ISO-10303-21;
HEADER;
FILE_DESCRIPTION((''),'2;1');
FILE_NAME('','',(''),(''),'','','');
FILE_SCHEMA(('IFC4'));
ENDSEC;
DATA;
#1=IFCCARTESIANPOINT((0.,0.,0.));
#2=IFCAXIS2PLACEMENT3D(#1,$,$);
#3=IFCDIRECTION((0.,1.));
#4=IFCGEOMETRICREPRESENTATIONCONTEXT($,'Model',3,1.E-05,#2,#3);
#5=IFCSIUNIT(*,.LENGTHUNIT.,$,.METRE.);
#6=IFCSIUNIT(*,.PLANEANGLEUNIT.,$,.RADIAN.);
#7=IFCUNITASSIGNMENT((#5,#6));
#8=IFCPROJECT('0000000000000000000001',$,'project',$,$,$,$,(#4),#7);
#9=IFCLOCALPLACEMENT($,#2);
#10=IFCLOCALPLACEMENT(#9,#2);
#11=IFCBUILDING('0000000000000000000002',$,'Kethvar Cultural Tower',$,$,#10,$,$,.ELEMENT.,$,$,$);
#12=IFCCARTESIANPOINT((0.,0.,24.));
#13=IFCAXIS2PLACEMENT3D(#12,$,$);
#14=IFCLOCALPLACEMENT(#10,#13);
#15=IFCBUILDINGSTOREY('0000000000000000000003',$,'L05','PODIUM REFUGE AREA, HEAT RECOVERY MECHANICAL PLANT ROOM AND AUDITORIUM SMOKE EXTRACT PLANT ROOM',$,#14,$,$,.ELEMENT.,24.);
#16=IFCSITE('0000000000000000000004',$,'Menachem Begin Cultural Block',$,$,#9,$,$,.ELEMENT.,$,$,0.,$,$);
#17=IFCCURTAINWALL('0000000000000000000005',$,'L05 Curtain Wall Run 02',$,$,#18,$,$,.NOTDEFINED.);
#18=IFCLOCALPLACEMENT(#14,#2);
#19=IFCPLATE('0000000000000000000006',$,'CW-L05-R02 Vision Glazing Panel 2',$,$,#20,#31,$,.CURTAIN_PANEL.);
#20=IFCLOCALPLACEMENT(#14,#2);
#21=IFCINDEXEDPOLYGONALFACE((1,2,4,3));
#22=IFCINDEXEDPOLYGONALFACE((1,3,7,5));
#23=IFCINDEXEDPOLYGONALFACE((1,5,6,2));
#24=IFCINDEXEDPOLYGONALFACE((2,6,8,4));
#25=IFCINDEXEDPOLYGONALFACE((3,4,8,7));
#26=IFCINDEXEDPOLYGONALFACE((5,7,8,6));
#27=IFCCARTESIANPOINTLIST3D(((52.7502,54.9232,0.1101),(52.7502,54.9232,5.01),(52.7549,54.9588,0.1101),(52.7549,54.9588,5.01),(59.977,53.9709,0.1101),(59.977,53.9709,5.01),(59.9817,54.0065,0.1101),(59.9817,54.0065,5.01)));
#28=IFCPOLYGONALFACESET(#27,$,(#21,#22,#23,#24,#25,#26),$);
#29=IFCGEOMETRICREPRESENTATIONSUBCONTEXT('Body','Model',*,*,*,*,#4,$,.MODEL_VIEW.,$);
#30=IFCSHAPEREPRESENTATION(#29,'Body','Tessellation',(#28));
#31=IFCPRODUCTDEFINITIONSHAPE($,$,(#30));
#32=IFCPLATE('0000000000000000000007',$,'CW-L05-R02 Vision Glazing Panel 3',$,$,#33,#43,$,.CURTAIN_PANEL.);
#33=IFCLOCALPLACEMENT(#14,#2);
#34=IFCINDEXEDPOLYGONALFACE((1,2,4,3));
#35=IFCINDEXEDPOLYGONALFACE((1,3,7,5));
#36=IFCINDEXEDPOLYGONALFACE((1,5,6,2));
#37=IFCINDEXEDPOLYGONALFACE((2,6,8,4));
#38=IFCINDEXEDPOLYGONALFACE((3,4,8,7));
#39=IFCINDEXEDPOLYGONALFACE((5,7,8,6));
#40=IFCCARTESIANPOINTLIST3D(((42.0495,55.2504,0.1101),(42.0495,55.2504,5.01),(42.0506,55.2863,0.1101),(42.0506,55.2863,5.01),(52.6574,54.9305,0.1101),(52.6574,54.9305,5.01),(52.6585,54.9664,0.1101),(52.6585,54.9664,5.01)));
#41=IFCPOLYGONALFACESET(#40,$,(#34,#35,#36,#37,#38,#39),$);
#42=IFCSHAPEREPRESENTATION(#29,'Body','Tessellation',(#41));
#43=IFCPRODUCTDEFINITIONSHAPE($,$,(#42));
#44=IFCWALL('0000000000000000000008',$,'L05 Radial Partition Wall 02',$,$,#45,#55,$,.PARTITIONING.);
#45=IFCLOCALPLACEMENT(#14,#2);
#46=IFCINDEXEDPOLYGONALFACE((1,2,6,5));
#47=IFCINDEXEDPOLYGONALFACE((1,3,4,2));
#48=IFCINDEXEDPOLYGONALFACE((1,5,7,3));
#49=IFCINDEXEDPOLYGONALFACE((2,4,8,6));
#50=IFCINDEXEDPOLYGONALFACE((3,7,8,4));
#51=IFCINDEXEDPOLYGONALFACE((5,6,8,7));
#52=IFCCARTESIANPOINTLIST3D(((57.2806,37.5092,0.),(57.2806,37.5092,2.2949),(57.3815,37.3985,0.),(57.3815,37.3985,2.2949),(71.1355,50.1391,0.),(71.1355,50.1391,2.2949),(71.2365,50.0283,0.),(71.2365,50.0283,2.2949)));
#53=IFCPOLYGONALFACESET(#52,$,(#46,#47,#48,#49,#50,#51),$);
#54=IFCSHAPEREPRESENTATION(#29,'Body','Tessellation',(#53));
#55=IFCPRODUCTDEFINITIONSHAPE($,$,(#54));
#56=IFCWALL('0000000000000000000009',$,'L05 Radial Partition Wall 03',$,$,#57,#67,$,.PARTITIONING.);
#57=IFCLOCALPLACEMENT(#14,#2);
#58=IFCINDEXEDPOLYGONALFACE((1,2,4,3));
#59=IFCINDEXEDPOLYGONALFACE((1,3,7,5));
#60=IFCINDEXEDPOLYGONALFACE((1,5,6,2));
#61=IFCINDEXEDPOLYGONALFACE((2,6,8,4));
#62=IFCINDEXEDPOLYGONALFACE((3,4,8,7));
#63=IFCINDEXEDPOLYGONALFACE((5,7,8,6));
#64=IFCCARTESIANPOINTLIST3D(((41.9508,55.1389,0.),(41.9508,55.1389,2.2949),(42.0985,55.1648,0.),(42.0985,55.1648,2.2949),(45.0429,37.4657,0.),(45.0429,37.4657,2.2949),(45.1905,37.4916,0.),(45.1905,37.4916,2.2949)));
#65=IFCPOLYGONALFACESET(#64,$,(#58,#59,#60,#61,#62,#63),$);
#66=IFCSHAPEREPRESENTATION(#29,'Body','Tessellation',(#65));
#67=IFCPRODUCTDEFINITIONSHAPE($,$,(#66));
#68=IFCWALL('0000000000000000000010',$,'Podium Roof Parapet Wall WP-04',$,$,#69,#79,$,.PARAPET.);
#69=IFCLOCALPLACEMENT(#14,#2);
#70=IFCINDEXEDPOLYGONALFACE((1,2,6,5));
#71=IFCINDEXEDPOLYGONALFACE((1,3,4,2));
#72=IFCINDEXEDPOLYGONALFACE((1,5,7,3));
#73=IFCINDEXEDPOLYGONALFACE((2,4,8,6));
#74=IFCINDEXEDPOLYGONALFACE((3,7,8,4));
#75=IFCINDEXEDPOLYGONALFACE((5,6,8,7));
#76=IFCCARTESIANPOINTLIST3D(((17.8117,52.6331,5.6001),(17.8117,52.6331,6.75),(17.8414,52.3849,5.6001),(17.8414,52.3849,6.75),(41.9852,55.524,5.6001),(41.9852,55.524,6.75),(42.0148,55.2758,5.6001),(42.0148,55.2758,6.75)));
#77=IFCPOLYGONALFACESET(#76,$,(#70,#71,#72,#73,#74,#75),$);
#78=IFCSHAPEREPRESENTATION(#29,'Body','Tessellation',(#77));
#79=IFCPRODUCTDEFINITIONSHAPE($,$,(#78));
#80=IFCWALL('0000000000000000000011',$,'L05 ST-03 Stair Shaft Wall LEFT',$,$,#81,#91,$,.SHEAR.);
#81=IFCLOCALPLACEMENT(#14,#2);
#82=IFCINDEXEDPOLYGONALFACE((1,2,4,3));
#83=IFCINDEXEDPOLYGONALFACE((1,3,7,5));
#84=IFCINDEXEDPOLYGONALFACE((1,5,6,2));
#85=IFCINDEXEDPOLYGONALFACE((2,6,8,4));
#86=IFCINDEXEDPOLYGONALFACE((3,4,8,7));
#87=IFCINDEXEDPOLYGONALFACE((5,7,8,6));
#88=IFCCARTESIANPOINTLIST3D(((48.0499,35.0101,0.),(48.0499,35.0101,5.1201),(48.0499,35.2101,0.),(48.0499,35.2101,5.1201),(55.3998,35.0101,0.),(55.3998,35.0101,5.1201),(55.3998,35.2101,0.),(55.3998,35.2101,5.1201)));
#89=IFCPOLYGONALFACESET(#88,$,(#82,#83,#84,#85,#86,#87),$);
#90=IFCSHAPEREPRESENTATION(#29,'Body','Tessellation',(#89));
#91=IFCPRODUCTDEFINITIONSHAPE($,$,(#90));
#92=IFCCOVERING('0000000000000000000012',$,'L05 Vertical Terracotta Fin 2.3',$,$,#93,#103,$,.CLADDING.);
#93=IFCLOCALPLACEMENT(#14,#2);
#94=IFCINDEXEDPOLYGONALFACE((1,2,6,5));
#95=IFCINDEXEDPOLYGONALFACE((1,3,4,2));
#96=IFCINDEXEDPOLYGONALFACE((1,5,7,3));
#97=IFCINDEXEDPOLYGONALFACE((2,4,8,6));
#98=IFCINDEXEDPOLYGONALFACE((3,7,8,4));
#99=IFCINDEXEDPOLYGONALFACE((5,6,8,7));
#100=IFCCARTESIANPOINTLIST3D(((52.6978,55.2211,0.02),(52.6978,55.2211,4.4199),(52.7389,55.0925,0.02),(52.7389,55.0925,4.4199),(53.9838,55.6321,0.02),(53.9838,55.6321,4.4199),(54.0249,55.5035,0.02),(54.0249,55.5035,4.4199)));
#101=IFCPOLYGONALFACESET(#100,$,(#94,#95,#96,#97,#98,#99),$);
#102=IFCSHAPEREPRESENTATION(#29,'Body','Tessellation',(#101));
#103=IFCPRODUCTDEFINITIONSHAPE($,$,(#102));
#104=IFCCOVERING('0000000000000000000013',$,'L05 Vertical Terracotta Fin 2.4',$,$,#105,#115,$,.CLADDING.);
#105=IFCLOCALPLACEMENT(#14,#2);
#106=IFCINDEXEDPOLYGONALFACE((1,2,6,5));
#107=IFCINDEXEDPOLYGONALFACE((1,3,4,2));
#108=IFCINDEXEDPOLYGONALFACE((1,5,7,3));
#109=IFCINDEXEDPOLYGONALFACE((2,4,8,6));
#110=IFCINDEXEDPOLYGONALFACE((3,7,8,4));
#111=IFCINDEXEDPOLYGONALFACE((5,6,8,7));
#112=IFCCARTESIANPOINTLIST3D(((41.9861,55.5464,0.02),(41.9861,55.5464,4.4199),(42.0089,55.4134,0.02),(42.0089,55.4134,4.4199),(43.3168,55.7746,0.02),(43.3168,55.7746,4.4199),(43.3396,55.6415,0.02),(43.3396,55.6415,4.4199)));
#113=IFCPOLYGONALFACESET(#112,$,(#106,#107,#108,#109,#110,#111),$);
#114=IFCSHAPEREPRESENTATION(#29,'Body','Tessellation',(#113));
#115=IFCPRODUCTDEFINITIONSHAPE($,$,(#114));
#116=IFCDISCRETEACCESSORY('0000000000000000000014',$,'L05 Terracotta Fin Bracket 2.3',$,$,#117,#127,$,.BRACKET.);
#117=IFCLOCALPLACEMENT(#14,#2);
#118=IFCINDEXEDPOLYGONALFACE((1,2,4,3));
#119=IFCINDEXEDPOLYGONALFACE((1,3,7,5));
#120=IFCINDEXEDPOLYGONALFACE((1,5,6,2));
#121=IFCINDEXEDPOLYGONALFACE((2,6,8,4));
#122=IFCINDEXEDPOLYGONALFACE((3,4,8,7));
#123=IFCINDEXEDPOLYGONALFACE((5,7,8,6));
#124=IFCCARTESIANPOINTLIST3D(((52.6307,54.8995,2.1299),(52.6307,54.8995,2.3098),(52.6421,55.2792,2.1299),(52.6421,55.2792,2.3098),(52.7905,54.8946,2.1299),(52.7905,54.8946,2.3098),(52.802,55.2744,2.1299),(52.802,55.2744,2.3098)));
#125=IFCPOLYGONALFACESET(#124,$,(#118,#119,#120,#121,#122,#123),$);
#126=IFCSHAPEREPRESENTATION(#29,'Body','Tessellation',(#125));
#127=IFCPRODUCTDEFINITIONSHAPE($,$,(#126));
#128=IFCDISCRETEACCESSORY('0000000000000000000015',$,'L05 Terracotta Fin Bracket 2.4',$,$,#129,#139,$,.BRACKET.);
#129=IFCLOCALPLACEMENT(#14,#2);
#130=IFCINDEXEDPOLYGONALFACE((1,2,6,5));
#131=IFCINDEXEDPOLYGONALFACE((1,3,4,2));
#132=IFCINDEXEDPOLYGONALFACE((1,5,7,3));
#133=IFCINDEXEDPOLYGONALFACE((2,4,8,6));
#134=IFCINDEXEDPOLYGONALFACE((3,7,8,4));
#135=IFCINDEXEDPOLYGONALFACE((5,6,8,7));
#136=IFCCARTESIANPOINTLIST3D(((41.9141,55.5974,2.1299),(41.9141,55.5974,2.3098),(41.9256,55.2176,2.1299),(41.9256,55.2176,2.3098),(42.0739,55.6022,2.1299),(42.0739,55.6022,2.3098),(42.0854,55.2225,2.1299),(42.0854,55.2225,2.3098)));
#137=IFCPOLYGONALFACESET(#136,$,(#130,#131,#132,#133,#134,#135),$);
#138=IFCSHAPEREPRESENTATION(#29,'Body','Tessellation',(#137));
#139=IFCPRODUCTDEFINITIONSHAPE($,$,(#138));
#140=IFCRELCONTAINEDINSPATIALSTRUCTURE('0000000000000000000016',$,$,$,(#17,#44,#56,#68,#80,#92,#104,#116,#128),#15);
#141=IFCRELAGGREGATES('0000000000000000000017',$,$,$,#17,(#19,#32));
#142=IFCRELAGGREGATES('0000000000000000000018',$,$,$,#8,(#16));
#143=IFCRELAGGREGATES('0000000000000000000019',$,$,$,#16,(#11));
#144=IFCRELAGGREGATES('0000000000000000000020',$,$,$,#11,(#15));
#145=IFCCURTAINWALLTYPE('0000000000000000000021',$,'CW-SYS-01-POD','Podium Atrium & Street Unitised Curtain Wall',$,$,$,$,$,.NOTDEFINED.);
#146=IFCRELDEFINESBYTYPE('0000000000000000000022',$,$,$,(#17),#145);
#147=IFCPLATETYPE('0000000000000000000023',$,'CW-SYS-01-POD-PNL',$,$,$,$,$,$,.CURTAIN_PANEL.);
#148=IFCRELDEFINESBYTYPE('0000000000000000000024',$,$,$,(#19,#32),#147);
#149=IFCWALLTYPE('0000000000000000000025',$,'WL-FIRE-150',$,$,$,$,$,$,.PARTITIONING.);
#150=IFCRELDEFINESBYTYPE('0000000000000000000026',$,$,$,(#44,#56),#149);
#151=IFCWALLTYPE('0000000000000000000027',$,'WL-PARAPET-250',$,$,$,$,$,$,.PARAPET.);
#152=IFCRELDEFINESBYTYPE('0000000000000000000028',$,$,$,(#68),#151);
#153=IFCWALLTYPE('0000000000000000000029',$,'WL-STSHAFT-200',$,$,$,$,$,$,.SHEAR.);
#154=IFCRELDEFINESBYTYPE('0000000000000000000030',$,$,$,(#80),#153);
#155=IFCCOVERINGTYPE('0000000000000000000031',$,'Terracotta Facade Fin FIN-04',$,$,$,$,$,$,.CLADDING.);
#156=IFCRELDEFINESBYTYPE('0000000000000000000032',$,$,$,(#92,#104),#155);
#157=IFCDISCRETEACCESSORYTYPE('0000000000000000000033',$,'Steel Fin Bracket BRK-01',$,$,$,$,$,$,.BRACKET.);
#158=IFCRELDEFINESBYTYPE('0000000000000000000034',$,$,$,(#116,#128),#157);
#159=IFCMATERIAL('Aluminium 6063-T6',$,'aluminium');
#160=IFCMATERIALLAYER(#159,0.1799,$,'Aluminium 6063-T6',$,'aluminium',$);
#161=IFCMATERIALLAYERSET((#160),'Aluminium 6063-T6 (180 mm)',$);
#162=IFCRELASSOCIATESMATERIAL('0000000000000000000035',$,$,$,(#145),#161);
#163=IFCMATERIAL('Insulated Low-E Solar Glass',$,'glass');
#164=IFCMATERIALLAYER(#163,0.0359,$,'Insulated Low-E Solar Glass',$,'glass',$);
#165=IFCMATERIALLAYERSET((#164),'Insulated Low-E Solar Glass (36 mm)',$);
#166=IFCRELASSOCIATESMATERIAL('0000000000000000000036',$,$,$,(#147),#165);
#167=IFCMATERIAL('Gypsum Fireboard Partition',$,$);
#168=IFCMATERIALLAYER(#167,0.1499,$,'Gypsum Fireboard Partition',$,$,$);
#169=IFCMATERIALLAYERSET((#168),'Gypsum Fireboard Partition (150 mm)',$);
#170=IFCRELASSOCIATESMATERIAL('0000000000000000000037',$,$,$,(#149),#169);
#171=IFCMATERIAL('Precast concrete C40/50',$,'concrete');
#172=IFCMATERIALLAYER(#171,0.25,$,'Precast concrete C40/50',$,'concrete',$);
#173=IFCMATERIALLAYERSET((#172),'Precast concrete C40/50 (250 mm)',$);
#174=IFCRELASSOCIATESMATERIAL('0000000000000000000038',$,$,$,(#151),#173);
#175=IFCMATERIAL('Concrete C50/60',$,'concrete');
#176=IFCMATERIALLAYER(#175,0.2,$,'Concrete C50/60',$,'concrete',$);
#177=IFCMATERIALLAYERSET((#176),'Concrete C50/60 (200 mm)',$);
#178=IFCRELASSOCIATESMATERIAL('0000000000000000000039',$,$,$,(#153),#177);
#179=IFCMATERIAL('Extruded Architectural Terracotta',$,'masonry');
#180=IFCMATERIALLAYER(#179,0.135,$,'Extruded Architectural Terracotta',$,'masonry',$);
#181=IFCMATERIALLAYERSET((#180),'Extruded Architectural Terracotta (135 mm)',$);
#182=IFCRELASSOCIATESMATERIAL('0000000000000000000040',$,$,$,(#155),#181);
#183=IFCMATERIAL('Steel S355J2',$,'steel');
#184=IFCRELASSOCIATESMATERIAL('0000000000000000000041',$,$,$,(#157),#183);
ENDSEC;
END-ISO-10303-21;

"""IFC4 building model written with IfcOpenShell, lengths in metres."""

from ifc_helpers import new_model, si_unit, direction, frame, frame_2d, origin, origin_2d, place, context, subcontext, project, spatial, rectangle, extrude, source, transform, mapped, material, layer, layer_set, type_object, element, aggregate, save


model = new_model("IFC4")

# Units and contexts
model_context = context("Model", 3, precision=1e-05, world=origin(), true_north=direction((0.0, 1.0)))
body_context = subcontext(model_context, "Body", "Model", "MODEL_VIEW")
ifc_project = project(units=[si_unit("LENGTHUNIT", "METRE"), si_unit("PLANEANGLEUNIT", "RADIAN")], contexts=[model_context])

# Site, building, storey
site_placement = place(None, origin())
site = spatial("IfcSite", under=ifc_project, at=site_placement, Name="Menachem Begin Cultural Block", CompositionType="ELEMENT", RefElevation=0.0)
building_placement = place(site_placement, origin())
building = spatial("IfcBuilding", under=site, at=building_placement, Name="Kethvar Cultural Tower", CompositionType="ELEMENT")
storey_placement = place(building_placement, frame((0.0, 0.0, 24.0)))
storey = spatial("IfcBuildingStorey", under=building, at=storey_placement, Name="L05", Description="PODIUM REFUGE AREA, HEAT RECOVERY MECHANICAL PLANT ROOM AND AUDITORIUM SMOKE EXTRACT PLANT ROOM", CompositionType="ELEMENT", Elevation=24.0)

# Shared definitions
ifc_material_1 = material(Name="Steel S355J2", Category="steel")

# Curtain wall
ifc_material_2 = material(Name="Aluminium 6063-T6", Category="aluminium")
ifc_layer_1 = layer(ifc_material_2, 0.1799, Name="Aluminium 6063-T6", Category="aluminium")
ifc_layer_set_1 = layer_set([ifc_layer_1], Name="Aluminium 6063-T6 (180 mm)")
curtain_wall_type = type_object("IfcCurtainWallType", Name="CW-SYS-01-POD", Description="Podium Atrium & Street Unitised Curtain Wall", PredefinedType="NOTDEFINED", material=ifc_layer_set_1)
curtain_wall_placement = place(storey_placement, origin())
curtain_wall = element("IfcCurtainWall", 1, at=curtain_wall_placement, inside=storey, type_object=curtain_wall_type, Name="L05 Curtain Wall Run 02", PredefinedType="NOTDEFINED")

# Plates
ifc_material_3 = material(Name="Insulated Low-E Solar Glass", Category="glass")
ifc_layer_2 = layer(ifc_material_3, 0.0359, Name="Insulated Low-E Solar Glass", Category="glass")
ifc_layer_set_2 = layer_set([ifc_layer_2], Name="Insulated Low-E Solar Glass (36 mm)")
plate_type_1 = type_object("IfcPlateType", Name="CW-SYS-01-POD-PNL", PredefinedType="CURTAIN_PANEL", material=ifc_layer_set_2)
shared_shape_1 = source(origin(), body_context, "Body", "SweptSolid", [
    extrude(rectangle(XDim=7.2893, YDim=0.0359, at=origin_2d()), origin(), (0.0, 0.0, 1.0), 4.8999),
])
plate_1_placement = place(storey_placement, frame((56.366, 54.4648, 0.1101), z_axis=(0.0, 0.0, 1.0), x_axis=(-0.991429, 0.130647, 0.0)))
plate_1 = element("IfcPlate", 2, at=plate_1_placement, type_object=plate_type_1, Name="CW-L05-R02 Vision Glazing Panel 2", PredefinedType="CURTAIN_PANEL", context=body_context, shape_type="MappedRepresentation", body=[
    mapped(shared_shape_1, transform((0.0, 0.0, 0.0), scale=1.0)),
])
shared_shape_2 = source(origin(), body_context, "Body", "SweptSolid", [
    extrude(rectangle(XDim=10.6128, YDim=0.0359, at=origin_2d()), origin(), (0.0, 0.0, 1.0), 4.8999),
])
plate_2_placement = place(storey_placement, frame((47.354, 55.1084, 0.1101), z_axis=(0.0, 0.0, 1.0), x_axis=(-0.999546, 0.030137, 0.0)))
plate_2 = element("IfcPlate", 3, at=plate_2_placement, type_object=plate_type_1, Name="CW-L05-R02 Vision Glazing Panel 3", PredefinedType="CURTAIN_PANEL", context=body_context, shape_type="MappedRepresentation", body=[
    mapped(shared_shape_2, transform((0.0, 0.0, 0.0), scale=1.0)),
])
aggregate(curtain_wall, [plate_1, plate_2])

# Walls
ifc_material_4 = material(Name="Gypsum Fireboard Partition")
ifc_layer_3 = layer(ifc_material_4, 0.1499, Name="Gypsum Fireboard Partition")
ifc_layer_set_3 = layer_set([ifc_layer_3], Name="Gypsum Fireboard Partition (150 mm)")
wall_type_1 = type_object("IfcWallType", Name="WL-FIRE-150", PredefinedType="PARTITIONING", material=ifc_layer_set_3)
wall_1_placement = place(storey_placement, frame((57.3311, 37.4539, 0.0), z_axis=(0.0, 0.0, 1.0), x_axis=(0.739025, 0.673678, 0.0)))
element("IfcWall", 4, at=wall_1_placement, inside=storey, type_object=wall_type_1, Name="L05 Radial Partition Wall 02", PredefinedType="PARTITIONING", context=body_context, shape_type="SweptSolid", body=[
    extrude(rectangle(XDim=18.7476, YDim=0.1499, at=frame_2d((9.3738, 0.0))), origin(), (0.0, 0.0, 1.0), 2.2949),
])
wall_2_placement = place(storey_placement, frame((45.1167, 37.4788, 0.0), z_axis=(0.0, 0.0, 1.0), x_axis=(-0.17234, 0.985038, 0.0)))
element("IfcWall", 5, at=wall_2_placement, inside=storey, type_object=wall_type_1, Name="L05 Radial Partition Wall 03", PredefinedType="PARTITIONING", context=body_context, shape_type="SweptSolid", body=[
    extrude(rectangle(XDim=17.9417, YDim=0.1499, at=frame_2d((8.9707, 0.0))), origin(), (0.0, 0.0, 1.0), 2.2949),
])
ifc_material_5 = material(Name="Precast concrete C40/50", Category="concrete")
ifc_layer_4 = layer(ifc_material_5, 0.25, Name="Precast concrete C40/50", Category="concrete")
ifc_layer_set_4 = layer_set([ifc_layer_4], Name="Precast concrete C40/50 (250 mm)")
wall_type_2 = type_object("IfcWallType", Name="WL-PARAPET-250", PredefinedType="PARAPET", material=ifc_layer_set_4)
wall_3_placement = place(storey_placement, frame((42.0, 55.3999, 5.6001), z_axis=(0.0, 0.0, 1.0), x_axis=(-0.992925, -0.118743, 0.0)))
element("IfcWall", 6, at=wall_3_placement, inside=storey, type_object=wall_type_2, Name="Podium Roof Parapet Wall WP-04", PredefinedType="PARAPET", context=body_context, shape_type="SweptSolid", body=[
    extrude(rectangle(XDim=24.3457, YDim=0.25, at=frame_2d((12.1729, 0.0))), origin(), (0.0, 0.0, 1.0), 1.1499),
])
ifc_material_6 = material(Name="Concrete C50/60", Category="concrete")
ifc_layer_5 = layer(ifc_material_6, 0.2, Name="Concrete C50/60", Category="concrete")
ifc_layer_set_5 = layer_set([ifc_layer_5], Name="Concrete C50/60 (200 mm)")
wall_type_3 = type_object("IfcWallType", Name="WL-STSHAFT-200", PredefinedType="SHEAR", material=ifc_layer_set_5)
wall_4_placement = place(storey_placement, frame((48.05, 35.1101, 0.0), z_axis=(0.0, 0.0, 1.0), x_axis=(1.0, 0.0, 0.0)))
element("IfcWall", 7, at=wall_4_placement, inside=storey, type_object=wall_type_3, Name="L05 ST-03 Stair Shaft Wall LEFT", PredefinedType="SHEAR", context=body_context, shape_type="SweptSolid", body=[
    extrude(rectangle(XDim=7.3499, YDim=0.2, at=frame_2d((3.6748, 0.0))), origin(), (0.0, 0.0, 1.0), 5.1201),
])

# Coverings
ifc_material_7 = material(Name="Extruded Architectural Terracotta", Category="masonry")
ifc_layer_6 = layer(ifc_material_7, 0.135, Name="Extruded Architectural Terracotta", Category="masonry")
ifc_layer_set_6 = layer_set([ifc_layer_6], Name="Extruded Architectural Terracotta (135 mm)")
covering_type = type_object("IfcCoveringType", Name="Terracotta Facade Fin FIN-04", PredefinedType="CLADDING", material=ifc_layer_set_6)
shared_shape_3 = source(origin(), body_context, "Body", "SweptSolid", [
    extrude(rectangle(XDim=1.3501, YDim=0.135, at=origin_2d()), origin(), (0.0, 0.0, 1.0), 4.3999),
])
for number, where, z_axis, x_axis, name in (
    (8, (53.3613, 55.3623, 0.02), (0.0, 0.0, 1.0), (0.952555, 0.304366, 0.0), "L05 Vertical Terracotta Fin 2.3"),
    (9, (42.6628, 55.594, 0.02), (0.0, 0.0, 1.0), (0.985615, 0.169005, 0.0), "L05 Vertical Terracotta Fin 2.4"),
):
    element("IfcCovering", number, at=place(storey_placement, frame(where, z_axis=z_axis, x_axis=x_axis)), inside=storey, type_object=covering_type, Name=name, PredefinedType="CLADDING", context=body_context, shape_type="MappedRepresentation", body=[
        mapped(shared_shape_3, transform((0.0, 0.0, 0.0), scale=1.0)),
    ])

# Discrete accessories
discrete_accessory_type = type_object("IfcDiscreteAccessoryType", Name="Steel Fin Bracket BRK-01", PredefinedType="BRACKET", material=ifc_material_1)
shared_shape_4 = source(origin(), body_context, "Body", "SweptSolid", [
    extrude(rectangle(XDim=0.3799, YDim=0.1599, at=origin_2d()), origin(), (0.0, 0.0, 1.0), 0.1799),
])
for number, where, z_axis, x_axis, name in (
    (10, (52.7163, 55.0869, 2.1299), (0.0, 0.0, 1.0), (0.03019, 0.999544, 0.0), "L05 Terracotta Fin Bracket 2.3"),
    (11, (41.9998, 55.4099, 2.1299), (0.0, 0.0, 1.0), (-0.03019, 0.999544, 0.0), "L05 Terracotta Fin Bracket 2.4"),
):
    element("IfcDiscreteAccessory", number, at=place(storey_placement, frame(where, z_axis=z_axis, x_axis=x_axis)), inside=storey, type_object=discrete_accessory_type, Name=name, PredefinedType="BRACKET", context=body_context, shape_type="MappedRepresentation", body=[
        mapped(shared_shape_4, transform((0.0, 0.0, 0.0), scale=1.0)),
    ])

save(model, "model.ifc")
